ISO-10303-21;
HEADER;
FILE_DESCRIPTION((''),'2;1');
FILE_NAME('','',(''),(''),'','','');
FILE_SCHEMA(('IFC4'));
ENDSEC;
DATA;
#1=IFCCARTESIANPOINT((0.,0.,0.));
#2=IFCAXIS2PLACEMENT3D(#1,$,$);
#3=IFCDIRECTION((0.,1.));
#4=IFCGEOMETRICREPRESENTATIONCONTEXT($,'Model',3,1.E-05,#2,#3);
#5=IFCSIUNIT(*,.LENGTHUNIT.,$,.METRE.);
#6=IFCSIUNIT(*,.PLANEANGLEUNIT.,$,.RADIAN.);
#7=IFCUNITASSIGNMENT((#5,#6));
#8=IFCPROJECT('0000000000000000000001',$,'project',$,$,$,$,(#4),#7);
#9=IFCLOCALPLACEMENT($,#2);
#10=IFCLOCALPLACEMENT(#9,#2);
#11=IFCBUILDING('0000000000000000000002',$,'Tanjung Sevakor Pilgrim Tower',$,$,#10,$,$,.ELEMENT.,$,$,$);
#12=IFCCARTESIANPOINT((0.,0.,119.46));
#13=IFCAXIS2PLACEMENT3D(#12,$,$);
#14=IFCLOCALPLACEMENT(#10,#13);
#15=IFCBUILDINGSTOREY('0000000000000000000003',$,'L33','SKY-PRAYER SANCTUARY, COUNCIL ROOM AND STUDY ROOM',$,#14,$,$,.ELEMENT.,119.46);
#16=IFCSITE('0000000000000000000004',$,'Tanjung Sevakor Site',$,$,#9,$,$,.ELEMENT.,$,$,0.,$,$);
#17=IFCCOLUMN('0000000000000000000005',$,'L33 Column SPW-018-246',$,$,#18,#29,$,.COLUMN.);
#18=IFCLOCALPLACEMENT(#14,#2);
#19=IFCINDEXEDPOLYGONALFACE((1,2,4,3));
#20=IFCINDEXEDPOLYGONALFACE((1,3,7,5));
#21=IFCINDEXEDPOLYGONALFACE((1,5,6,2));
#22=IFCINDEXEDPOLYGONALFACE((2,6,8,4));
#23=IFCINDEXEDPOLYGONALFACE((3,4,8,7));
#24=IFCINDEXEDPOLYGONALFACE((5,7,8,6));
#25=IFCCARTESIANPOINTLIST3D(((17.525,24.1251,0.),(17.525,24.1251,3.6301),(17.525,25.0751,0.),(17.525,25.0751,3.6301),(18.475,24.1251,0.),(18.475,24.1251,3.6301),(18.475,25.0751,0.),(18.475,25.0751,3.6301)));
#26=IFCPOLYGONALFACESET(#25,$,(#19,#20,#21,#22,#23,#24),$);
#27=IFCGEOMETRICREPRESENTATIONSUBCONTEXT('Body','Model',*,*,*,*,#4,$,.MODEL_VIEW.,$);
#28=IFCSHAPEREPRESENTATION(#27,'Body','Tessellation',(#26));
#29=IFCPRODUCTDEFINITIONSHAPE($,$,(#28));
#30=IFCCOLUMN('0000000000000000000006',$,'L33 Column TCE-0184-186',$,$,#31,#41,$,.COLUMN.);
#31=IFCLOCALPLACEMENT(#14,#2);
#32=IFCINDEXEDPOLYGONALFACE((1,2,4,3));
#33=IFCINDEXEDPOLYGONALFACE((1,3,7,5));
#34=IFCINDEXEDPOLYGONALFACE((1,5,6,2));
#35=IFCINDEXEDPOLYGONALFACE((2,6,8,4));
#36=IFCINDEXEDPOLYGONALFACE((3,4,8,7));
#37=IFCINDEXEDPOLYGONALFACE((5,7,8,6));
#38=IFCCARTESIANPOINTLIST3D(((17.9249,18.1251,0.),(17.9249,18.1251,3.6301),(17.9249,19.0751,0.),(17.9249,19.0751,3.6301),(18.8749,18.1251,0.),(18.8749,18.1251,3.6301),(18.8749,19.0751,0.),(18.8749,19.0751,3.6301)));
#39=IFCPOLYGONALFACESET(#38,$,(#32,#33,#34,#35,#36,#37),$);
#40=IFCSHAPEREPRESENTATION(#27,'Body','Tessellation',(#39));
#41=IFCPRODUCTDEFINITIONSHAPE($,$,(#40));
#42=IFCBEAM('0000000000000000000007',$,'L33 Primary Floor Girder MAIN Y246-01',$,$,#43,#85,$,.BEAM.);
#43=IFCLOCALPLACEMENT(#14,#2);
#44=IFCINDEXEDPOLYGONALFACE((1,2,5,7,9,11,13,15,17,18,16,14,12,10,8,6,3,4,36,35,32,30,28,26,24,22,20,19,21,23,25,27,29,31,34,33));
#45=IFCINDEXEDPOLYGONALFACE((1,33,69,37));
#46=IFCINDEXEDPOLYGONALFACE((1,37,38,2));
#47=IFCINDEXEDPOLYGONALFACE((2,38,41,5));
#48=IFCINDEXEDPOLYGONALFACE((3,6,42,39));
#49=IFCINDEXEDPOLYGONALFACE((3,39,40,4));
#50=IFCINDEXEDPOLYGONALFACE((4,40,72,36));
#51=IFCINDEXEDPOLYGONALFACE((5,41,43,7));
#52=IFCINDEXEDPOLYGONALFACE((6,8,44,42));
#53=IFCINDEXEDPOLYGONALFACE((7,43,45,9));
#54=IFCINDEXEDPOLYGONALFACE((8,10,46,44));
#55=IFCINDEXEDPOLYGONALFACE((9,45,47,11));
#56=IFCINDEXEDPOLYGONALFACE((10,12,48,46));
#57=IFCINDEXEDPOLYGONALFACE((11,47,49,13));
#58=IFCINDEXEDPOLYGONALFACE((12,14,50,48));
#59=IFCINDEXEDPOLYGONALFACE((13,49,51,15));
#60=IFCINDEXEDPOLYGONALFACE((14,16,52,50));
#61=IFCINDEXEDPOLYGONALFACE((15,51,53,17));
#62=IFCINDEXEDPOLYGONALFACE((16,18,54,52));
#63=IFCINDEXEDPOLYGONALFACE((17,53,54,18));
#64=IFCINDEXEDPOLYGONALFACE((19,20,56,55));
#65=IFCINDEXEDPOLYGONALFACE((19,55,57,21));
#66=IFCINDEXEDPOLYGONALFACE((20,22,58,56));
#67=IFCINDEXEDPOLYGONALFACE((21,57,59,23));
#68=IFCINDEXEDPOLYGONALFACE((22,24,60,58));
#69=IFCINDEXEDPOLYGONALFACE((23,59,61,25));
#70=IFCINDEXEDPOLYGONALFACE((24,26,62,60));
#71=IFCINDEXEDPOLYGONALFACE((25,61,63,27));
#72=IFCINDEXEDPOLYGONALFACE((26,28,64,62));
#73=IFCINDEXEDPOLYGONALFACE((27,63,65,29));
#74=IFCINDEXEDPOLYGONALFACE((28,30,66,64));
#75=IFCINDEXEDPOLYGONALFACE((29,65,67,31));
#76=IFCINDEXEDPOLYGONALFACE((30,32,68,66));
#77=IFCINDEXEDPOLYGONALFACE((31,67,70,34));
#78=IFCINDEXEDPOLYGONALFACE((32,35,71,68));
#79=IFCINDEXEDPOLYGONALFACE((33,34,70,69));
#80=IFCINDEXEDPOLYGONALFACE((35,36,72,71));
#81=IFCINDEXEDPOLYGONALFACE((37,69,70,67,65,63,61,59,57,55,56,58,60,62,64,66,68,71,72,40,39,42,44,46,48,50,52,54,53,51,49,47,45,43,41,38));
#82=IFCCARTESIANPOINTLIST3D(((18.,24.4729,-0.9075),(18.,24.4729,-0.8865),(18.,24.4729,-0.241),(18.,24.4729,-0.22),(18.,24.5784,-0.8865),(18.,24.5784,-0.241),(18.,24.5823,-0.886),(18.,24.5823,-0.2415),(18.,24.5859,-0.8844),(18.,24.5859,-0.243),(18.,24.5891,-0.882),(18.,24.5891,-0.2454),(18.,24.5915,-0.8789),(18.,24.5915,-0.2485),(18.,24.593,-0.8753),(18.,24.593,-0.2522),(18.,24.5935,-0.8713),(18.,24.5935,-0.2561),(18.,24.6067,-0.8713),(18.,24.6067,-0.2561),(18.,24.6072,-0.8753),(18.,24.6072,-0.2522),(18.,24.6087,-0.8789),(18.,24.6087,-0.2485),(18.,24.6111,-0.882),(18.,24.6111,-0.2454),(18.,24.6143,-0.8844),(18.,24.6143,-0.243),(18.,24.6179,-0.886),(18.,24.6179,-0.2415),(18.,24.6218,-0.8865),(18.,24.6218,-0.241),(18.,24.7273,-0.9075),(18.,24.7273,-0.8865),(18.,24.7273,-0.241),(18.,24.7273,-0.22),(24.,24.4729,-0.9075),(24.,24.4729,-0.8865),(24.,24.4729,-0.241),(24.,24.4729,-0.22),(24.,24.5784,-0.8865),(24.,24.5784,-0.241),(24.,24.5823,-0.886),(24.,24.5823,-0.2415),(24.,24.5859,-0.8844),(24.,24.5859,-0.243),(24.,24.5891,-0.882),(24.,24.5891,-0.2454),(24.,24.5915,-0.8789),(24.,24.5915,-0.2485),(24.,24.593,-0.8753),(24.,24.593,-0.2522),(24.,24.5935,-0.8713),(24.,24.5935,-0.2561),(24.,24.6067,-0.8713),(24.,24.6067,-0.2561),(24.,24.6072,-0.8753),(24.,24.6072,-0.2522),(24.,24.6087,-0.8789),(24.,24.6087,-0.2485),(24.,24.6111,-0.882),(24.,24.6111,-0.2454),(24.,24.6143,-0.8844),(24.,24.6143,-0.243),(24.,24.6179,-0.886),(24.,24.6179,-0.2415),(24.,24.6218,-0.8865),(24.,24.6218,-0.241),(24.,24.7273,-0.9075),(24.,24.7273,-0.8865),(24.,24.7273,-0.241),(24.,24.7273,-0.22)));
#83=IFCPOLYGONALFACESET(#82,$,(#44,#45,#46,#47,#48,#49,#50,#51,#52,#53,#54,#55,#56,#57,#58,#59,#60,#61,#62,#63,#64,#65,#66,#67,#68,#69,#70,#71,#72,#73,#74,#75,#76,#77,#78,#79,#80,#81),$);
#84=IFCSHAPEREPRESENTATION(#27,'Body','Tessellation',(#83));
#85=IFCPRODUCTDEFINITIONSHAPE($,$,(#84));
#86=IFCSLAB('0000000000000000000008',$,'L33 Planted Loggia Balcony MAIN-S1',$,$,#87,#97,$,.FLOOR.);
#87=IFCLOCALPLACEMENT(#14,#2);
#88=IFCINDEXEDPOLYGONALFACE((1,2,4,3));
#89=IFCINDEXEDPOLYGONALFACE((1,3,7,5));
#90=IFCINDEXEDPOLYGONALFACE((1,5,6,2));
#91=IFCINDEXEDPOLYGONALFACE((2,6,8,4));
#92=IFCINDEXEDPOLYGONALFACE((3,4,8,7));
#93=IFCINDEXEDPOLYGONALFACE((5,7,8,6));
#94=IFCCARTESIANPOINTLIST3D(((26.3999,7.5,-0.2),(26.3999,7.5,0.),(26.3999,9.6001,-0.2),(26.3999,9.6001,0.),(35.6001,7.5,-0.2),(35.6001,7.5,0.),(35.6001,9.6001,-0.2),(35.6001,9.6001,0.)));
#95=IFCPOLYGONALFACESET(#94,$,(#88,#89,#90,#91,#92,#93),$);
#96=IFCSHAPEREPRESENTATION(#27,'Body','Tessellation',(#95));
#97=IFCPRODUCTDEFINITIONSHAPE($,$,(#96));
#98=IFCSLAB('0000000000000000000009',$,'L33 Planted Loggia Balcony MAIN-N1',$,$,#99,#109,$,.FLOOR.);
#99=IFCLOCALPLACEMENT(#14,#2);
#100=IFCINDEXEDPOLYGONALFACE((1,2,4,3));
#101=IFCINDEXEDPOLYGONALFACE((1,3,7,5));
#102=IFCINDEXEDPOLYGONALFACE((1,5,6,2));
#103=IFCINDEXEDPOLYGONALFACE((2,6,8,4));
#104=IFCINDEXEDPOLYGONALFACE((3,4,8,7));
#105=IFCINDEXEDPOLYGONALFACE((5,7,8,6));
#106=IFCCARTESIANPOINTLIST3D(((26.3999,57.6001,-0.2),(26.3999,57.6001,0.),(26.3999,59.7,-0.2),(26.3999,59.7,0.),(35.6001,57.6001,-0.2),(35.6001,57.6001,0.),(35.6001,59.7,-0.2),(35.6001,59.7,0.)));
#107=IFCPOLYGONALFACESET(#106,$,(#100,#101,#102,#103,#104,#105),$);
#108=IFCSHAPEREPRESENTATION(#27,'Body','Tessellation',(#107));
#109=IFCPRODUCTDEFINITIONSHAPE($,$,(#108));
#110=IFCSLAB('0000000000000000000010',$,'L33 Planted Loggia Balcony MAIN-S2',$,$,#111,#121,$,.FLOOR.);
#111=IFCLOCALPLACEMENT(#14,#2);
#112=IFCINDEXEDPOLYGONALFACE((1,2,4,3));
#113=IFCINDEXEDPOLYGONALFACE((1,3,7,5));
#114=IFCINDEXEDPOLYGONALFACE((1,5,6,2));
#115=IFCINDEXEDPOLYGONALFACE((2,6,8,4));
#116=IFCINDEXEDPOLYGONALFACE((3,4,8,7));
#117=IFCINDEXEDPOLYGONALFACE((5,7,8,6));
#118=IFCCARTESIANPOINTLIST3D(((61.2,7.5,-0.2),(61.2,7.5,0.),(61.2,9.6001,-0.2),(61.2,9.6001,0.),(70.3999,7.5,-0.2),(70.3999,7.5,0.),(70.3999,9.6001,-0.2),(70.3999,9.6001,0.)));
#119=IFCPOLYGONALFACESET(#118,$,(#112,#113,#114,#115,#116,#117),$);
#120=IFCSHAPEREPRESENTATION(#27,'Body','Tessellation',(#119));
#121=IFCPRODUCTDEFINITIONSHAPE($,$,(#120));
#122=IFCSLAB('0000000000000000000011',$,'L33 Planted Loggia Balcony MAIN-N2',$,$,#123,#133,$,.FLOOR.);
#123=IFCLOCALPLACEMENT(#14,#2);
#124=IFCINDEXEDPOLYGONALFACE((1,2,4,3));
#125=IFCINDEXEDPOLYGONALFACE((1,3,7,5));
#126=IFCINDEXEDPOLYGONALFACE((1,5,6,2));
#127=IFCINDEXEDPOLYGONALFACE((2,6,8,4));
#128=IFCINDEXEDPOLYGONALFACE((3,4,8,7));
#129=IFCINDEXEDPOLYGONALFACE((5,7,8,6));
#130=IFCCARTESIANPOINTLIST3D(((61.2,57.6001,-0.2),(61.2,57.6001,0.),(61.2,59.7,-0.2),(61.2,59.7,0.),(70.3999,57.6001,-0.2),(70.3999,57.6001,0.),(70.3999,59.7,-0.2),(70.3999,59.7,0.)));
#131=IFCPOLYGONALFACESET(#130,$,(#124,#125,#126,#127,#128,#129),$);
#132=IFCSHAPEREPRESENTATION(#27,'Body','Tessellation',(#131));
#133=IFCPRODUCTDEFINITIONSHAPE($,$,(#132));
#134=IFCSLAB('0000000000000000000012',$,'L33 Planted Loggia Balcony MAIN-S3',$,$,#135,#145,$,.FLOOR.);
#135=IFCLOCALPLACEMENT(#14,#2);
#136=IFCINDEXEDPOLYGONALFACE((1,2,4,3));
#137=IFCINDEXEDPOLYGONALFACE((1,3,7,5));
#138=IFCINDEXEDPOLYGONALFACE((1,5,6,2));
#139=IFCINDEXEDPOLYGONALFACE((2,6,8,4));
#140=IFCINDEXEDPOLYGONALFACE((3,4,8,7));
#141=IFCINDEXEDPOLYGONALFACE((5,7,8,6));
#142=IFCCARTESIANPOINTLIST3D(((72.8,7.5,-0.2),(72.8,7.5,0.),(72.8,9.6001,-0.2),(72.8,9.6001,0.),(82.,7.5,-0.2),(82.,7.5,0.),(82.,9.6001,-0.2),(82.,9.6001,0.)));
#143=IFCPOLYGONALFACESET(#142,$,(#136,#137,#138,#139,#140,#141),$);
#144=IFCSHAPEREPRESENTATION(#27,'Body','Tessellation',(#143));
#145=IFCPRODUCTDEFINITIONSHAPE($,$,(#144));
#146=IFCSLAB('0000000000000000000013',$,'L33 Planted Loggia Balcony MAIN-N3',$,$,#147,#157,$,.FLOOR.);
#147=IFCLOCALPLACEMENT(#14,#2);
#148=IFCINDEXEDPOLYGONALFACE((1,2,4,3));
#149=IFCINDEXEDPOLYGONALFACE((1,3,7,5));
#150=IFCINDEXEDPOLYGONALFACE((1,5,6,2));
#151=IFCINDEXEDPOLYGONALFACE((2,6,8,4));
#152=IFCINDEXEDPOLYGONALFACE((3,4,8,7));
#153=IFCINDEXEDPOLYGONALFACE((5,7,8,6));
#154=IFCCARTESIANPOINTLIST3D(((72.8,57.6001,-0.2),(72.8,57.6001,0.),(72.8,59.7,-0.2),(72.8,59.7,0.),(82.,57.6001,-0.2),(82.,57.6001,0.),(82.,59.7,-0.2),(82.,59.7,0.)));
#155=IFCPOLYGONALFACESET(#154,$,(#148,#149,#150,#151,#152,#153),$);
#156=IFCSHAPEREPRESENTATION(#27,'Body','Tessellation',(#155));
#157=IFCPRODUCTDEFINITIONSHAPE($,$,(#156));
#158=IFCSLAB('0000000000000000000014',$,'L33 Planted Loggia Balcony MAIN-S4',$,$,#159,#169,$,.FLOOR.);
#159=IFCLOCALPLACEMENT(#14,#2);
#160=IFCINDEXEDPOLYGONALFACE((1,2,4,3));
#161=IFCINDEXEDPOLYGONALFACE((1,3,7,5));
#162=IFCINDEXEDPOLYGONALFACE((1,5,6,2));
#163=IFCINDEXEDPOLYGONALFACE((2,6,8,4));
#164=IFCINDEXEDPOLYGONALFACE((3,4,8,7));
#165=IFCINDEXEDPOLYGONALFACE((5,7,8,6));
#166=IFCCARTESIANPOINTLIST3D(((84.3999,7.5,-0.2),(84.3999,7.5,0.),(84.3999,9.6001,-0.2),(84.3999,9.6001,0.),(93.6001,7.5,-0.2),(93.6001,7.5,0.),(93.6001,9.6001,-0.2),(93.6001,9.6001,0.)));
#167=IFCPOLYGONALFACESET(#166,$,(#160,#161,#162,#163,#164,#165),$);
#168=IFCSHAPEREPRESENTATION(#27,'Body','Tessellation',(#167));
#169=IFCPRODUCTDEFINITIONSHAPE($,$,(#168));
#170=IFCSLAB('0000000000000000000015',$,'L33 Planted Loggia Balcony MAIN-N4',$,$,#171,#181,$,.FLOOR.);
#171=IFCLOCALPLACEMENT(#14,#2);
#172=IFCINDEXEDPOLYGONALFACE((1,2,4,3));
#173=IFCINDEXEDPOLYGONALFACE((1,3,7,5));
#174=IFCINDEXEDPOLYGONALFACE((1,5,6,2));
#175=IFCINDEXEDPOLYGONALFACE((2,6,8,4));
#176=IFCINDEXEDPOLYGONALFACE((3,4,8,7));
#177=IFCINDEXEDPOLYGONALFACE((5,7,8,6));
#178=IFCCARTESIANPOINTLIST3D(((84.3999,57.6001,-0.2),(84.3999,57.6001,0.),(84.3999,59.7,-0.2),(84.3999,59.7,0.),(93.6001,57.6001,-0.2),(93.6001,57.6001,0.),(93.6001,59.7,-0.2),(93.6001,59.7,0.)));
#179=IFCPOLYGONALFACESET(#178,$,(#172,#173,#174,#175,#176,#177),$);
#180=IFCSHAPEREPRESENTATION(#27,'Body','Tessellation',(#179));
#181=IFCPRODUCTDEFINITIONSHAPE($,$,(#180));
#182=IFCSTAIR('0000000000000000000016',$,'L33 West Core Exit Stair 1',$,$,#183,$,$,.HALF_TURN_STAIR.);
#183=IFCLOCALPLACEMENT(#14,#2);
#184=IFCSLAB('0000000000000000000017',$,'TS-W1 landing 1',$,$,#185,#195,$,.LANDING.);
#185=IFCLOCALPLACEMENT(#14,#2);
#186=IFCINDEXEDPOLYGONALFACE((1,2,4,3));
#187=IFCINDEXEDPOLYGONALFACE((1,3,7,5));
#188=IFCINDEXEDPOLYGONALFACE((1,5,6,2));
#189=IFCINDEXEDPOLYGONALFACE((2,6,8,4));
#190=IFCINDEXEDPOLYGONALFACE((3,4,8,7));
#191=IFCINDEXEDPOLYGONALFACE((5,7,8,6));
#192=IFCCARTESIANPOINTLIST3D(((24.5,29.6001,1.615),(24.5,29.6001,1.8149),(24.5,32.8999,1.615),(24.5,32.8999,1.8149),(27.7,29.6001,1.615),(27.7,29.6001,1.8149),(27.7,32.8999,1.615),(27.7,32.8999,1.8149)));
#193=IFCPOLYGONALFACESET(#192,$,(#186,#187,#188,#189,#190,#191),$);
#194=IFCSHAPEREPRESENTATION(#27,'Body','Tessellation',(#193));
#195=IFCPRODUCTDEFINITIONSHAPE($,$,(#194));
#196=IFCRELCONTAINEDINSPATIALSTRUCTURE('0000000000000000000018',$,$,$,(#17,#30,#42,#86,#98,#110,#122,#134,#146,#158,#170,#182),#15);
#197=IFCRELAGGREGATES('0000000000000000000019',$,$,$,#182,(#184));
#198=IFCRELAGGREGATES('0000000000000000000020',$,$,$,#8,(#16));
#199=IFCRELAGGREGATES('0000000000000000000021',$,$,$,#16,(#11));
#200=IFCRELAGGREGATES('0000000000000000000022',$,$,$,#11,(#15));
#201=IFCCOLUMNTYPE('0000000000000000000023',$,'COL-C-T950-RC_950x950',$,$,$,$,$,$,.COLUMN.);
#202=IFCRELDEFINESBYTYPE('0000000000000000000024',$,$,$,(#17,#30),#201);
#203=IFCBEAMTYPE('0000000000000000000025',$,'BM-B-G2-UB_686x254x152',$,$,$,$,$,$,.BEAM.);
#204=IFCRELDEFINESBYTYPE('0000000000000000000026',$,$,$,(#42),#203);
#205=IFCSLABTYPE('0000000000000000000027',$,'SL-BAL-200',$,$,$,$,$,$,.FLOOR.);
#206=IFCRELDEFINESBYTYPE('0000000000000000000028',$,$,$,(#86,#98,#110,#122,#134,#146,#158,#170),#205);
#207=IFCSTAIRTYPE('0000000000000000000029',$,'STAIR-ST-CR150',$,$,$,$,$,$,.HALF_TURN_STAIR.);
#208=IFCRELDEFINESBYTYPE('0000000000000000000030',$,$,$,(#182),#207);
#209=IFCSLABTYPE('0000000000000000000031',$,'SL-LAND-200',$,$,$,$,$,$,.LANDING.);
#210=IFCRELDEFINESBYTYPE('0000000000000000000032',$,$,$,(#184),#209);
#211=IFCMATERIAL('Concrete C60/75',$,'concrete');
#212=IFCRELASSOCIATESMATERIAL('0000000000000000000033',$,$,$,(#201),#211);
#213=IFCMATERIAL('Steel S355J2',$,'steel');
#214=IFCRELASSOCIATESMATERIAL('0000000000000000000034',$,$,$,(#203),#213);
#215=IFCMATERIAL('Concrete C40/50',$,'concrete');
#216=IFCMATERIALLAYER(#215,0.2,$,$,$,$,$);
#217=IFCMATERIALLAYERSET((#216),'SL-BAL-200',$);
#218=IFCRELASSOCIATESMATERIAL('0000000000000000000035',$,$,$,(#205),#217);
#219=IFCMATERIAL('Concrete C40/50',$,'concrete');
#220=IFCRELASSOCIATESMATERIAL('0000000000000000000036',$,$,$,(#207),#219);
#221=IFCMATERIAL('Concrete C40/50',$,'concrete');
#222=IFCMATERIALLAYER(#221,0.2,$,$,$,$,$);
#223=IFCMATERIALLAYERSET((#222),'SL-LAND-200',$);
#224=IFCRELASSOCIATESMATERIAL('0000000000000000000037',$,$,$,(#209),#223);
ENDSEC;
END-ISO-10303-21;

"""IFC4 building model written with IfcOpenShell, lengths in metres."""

from ifc_helpers import new_model, si_unit, direction, frame, origin, origin_2d, place, context, subcontext, project, spatial, polyline, rectangle, i_section, outline, extrude, material, layer, layer_set, material_profile, profile_set, type_object, element, aggregate, save


model = new_model("IFC4")

# Units and contexts
model_context = context("Model", 3, precision=1e-05, world=origin(), true_north=direction((0.0, 1.0)))
body_context = subcontext(model_context, "Body", "Model", "MODEL_VIEW")
ifc_project = project(units=[si_unit("LENGTHUNIT", "METRE"), si_unit("PLANEANGLEUNIT", "RADIAN")], contexts=[model_context])

# Site, building, storey
site_placement = place(None, origin())
site = spatial("IfcSite", under=ifc_project, at=site_placement, Name="Tanjung Sevakor Site", CompositionType="ELEMENT", RefElevation=0.0)
building_placement = place(site_placement, origin())
building = spatial("IfcBuilding", under=site, at=building_placement, Name="Tanjung Sevakor Pilgrim Tower", CompositionType="ELEMENT")
storey_placement = place(building_placement, frame((0.0, 0.0, 119.46)))
storey = spatial("IfcBuildingStorey", under=building, at=storey_placement, Name="L33", Description="SKY-PRAYER SANCTUARY, COUNCIL ROOM AND STUDY ROOM", CompositionType="ELEMENT", Elevation=119.46)

# Columns
ifc_material_1 = material(Name="Concrete C60/75", Category="concrete")
ifc_material_profile_1 = material_profile(ifc_material_1, rectangle(XDim=0.95, YDim=0.95, at=origin_2d()))
ifc_profile_set_1 = profile_set([ifc_material_profile_1], Name="Concrete C60/75")
column_type = type_object("IfcColumnType", Name="COL-C-T950-RC_950x950", PredefinedType="COLUMN", material=ifc_profile_set_1)
for number, where, z_axis, x_axis, name in (
    (1, (18.0, 24.6001, 0.0), (0.0, 0.0, 1.0), (1.0, 0.0, 0.0), "L33 Column SPW-018-246"),
    (2, (18.3999, 18.6001, 0.0), (0.0, 0.0, 1.0), (1.0, 0.0, 0.0), "L33 Column TCE-0184-186"),
):
    element("IfcColumn", number, at=place(storey_placement, frame(where, z_axis=z_axis, x_axis=x_axis)), inside=storey, type_object=column_type, Name=name, PredefinedType="COLUMN", context=body_context, shape_type="SweptSolid", body=[
        extrude(rectangle(XDim=0.95, YDim=0.95, at=origin_2d()), origin(), (0.0, 0.0, 1.0), 3.6301),
    ])

# Beam
ifc_material_2 = material(Name="Steel S355J2", Category="steel")
ifc_material_profile_2 = material_profile(ifc_material_2, i_section(OverallWidth=0.2544, OverallDepth=0.6875, WebThickness=0.0132, FlangeThickness=0.021, FilletRadius=0.0151, at=origin_2d()))
ifc_profile_set_2 = profile_set([ifc_material_profile_2], Name="Steel S355J2")
beam_type = type_object("IfcBeamType", Name="BM-B-G2-UB_686x254x152", PredefinedType="BEAM", material=ifc_profile_set_2)
beam_placement = place(storey_placement, frame((18.0, 24.6001, -0.5637), z_axis=(1.0, 0.0, 0.0), x_axis=(0.0, 1.0, 0.0)))
element("IfcBeam", 3, at=beam_placement, inside=storey, type_object=beam_type, Name="L33 Primary Floor Girder MAIN Y246-01", PredefinedType="BEAM", context=body_context, shape_type="SweptSolid", body=[
    extrude(i_section(OverallWidth=0.2544, OverallDepth=0.6875, WebThickness=0.0132, FlangeThickness=0.021, FilletRadius=0.0151, at=origin_2d()), origin(), (0.0, 0.0, 1.0), 6.0),
])

# Slabs
ifc_material_3 = material(Name="Concrete C40/50", Category="concrete")
ifc_layer_1 = layer(ifc_material_3, 0.2)
ifc_layer_set_1 = layer_set([ifc_layer_1], Name="SL-BAL-200")
slab_type_1 = type_object("IfcSlabType", Name="SL-BAL-200", PredefinedType="FLOOR", material=ifc_layer_set_1)
slab_1_placement = place(storey_placement, frame((0.0, 0.0, -0.2)))
element("IfcSlab", 4, at=slab_1_placement, inside=storey, type_object=slab_type_1, Name="L33 Planted Loggia Balcony MAIN-S1", PredefinedType="FLOOR", context=body_context, shape_type="SweptSolid", body=[
    extrude(outline(polyline([(26.3999, 7.5), (35.6001, 7.5), (35.6001, 9.6001), (26.3999, 9.6001), (26.3999, 7.5)])), origin(), (0.0, 0.0, 1.0), 0.2),
])
slab_2_placement = place(storey_placement, frame((0.0, 0.0, -0.2)))
element("IfcSlab", 5, at=slab_2_placement, inside=storey, type_object=slab_type_1, Name="L33 Planted Loggia Balcony MAIN-N1", PredefinedType="FLOOR", context=body_context, shape_type="SweptSolid", body=[
    extrude(outline(polyline([(26.3999, 57.6001), (35.6001, 57.6001), (35.6001, 59.7), (26.3999, 59.7), (26.3999, 57.6001)])), origin(), (0.0, 0.0, 1.0), 0.2),
])
slab_3_placement = place(storey_placement, frame((0.0, 0.0, -0.2)))
element("IfcSlab", 6, at=slab_3_placement, inside=storey, type_object=slab_type_1, Name="L33 Planted Loggia Balcony MAIN-S2", PredefinedType="FLOOR", context=body_context, shape_type="SweptSolid", body=[
    extrude(outline(polyline([(61.2, 7.5), (70.3999, 7.5), (70.3999, 9.6001), (61.2, 9.6001), (61.2, 7.5)])), origin(), (0.0, 0.0, 1.0), 0.2),
])
slab_4_placement = place(storey_placement, frame((0.0, 0.0, -0.2)))
element("IfcSlab", 7, at=slab_4_placement, inside=storey, type_object=slab_type_1, Name="L33 Planted Loggia Balcony MAIN-N2", PredefinedType="FLOOR", context=body_context, shape_type="SweptSolid", body=[
    extrude(outline(polyline([(61.2, 57.6001), (70.3999, 57.6001), (70.3999, 59.7), (61.2, 59.7), (61.2, 57.6001)])), origin(), (0.0, 0.0, 1.0), 0.2),
])
slab_5_placement = place(storey_placement, frame((0.0, 0.0, -0.2)))
element("IfcSlab", 8, at=slab_5_placement, inside=storey, type_object=slab_type_1, Name="L33 Planted Loggia Balcony MAIN-S3", PredefinedType="FLOOR", context=body_context, shape_type="SweptSolid", body=[
    extrude(outline(polyline([(72.8, 7.5), (82.0, 7.5), (82.0, 9.6001), (72.8, 9.6001), (72.8, 7.5)])), origin(), (0.0, 0.0, 1.0), 0.2),
])
slab_6_placement = place(storey_placement, frame((0.0, 0.0, -0.2)))
element("IfcSlab", 9, at=slab_6_placement, inside=storey, type_object=slab_type_1, Name="L33 Planted Loggia Balcony MAIN-N3", PredefinedType="FLOOR", context=body_context, shape_type="SweptSolid", body=[
    extrude(outline(polyline([(72.8, 57.6001), (82.0, 57.6001), (82.0, 59.7), (72.8, 59.7), (72.8, 57.6001)])), origin(), (0.0, 0.0, 1.0), 0.2),
])
slab_7_placement = place(storey_placement, frame((0.0, 0.0, -0.2)))
element("IfcSlab", 10, at=slab_7_placement, inside=storey, type_object=slab_type_1, Name="L33 Planted Loggia Balcony MAIN-S4", PredefinedType="FLOOR", context=body_context, shape_type="SweptSolid", body=[
    extrude(outline(polyline([(84.3999, 7.5), (93.6001, 7.5), (93.6001, 9.6001), (84.3999, 9.6001), (84.3999, 7.5)])), origin(), (0.0, 0.0, 1.0), 0.2),
])
slab_8_placement = place(storey_placement, frame((0.0, 0.0, -0.2)))
element("IfcSlab", 11, at=slab_8_placement, inside=storey, type_object=slab_type_1, Name="L33 Planted Loggia Balcony MAIN-N4", PredefinedType="FLOOR", context=body_context, shape_type="SweptSolid", body=[
    extrude(outline(polyline([(84.3999, 57.6001), (93.6001, 57.6001), (93.6001, 59.7), (84.3999, 59.7), (84.3999, 57.6001)])), origin(), (0.0, 0.0, 1.0), 0.2),
])

# Stair, slab
ifc_material_4 = material(Name="Concrete C40/50", Category="concrete")
stair_type = type_object("IfcStairType", Name="STAIR-ST-CR150", PredefinedType="HALF_TURN_STAIR", material=ifc_material_4)
stair_1_placement = place(storey_placement, origin())
stair_1 = element("IfcStair", 12, at=stair_1_placement, inside=storey, type_object=stair_type, Name="L33 West Core Exit Stair 1", PredefinedType="HALF_TURN_STAIR")
ifc_material_5 = material(Name="Concrete C40/50", Category="concrete")
ifc_layer_2 = layer(ifc_material_5, 0.2)
ifc_layer_set_2 = layer_set([ifc_layer_2], Name="SL-LAND-200")
slab_type_2 = type_object("IfcSlabType", Name="SL-LAND-200", PredefinedType="LANDING", material=ifc_layer_set_2)
slab_9_placement = place(storey_placement, frame((0.0, 0.0, 1.615)))
slab_9 = element("IfcSlab", 13, at=slab_9_placement, type_object=slab_type_2, Name="TS-W1 landing 1", PredefinedType="LANDING", context=body_context, shape_type="SweptSolid", body=[
    extrude(outline(polyline([(27.7, 29.6001), (27.7, 32.8999), (24.5, 32.8999), (24.5, 29.6001), (27.7, 29.6001)])), origin(), (0.0, 0.0, 1.0), 0.2),
])
aggregate(stair_1, [slab_9])

save(model, "model.ifc")
